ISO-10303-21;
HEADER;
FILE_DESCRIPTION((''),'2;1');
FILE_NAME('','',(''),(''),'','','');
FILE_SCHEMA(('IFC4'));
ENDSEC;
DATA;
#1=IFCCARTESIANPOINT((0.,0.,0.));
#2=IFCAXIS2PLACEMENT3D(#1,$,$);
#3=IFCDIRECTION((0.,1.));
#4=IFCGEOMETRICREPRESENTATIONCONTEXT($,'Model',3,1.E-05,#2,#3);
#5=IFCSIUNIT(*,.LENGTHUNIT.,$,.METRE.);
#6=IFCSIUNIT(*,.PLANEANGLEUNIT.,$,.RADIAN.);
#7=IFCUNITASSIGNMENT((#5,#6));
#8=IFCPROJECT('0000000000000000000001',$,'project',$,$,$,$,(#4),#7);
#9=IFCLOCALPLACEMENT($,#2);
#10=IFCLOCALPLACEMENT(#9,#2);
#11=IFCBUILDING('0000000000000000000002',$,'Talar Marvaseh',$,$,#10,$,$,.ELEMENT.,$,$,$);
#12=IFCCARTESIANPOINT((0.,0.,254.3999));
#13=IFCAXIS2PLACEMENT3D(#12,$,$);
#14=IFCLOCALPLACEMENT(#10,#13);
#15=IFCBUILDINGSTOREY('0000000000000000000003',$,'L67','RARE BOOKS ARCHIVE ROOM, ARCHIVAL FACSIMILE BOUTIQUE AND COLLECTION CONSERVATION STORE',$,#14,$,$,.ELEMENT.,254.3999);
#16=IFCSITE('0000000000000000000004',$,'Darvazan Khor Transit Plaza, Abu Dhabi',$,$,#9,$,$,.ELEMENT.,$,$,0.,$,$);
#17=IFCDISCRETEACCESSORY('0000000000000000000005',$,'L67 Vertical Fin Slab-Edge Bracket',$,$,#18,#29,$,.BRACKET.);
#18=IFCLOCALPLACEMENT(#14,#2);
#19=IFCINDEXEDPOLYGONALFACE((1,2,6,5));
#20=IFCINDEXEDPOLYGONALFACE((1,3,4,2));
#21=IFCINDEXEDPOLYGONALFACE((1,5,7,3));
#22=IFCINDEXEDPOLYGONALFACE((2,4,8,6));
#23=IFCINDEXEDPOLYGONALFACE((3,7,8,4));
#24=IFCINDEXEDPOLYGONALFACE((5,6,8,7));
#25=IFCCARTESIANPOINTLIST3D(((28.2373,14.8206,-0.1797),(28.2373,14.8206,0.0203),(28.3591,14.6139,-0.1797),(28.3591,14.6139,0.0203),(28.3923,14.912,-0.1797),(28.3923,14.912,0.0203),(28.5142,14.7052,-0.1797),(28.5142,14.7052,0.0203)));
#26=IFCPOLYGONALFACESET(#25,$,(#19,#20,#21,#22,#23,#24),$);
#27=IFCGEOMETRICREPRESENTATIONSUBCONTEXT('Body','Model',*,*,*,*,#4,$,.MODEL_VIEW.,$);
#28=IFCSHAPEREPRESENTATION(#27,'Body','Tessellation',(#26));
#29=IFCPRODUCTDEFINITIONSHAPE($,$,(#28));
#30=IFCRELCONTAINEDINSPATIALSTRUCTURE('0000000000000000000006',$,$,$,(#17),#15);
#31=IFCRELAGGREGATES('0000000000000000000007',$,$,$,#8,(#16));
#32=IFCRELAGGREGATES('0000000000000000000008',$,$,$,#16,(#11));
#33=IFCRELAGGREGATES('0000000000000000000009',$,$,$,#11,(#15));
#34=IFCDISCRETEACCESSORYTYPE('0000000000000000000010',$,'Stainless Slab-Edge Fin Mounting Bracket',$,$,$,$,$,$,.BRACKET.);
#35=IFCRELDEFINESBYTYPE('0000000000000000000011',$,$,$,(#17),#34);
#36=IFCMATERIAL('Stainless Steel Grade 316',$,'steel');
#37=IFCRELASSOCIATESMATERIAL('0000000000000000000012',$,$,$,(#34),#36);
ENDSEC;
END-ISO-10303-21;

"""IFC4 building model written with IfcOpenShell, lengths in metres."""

from ifc_helpers import new_model, si_unit, direction, frame, origin, origin_2d, place, context, subcontext, project, spatial, rectangle, extrude, source, transform, mapped, material, type_object, type_shapes, element, save


model = new_model("IFC4")

# Units and contexts
model_context = context("Model", 3, precision=1e-05, world=origin(), true_north=direction((0.0, 1.0)))
body_context = subcontext(model_context, "Body", "Model", "MODEL_VIEW")
ifc_project = project(units=[si_unit("LENGTHUNIT", "METRE"), si_unit("PLANEANGLEUNIT", "RADIAN")], contexts=[model_context])

# Site, building, storey
site_placement = place(None, origin())
site = spatial("IfcSite", under=ifc_project, at=site_placement, Name="Darvazan Khor Transit Plaza, Abu Dhabi", CompositionType="ELEMENT", RefElevation=0.0)
building_placement = place(site_placement, origin())
building = spatial("IfcBuilding", under=site, at=building_placement, Name="Talar Marvaseh", CompositionType="ELEMENT")
storey_placement = place(building_placement, frame((0.0, 0.0, 254.3999)))
storey = spatial("IfcBuildingStorey", under=building, at=storey_placement, Name="L67", Description="RARE BOOKS ARCHIVE ROOM, ARCHIVAL FACSIMILE BOUTIQUE AND COLLECTION CONSERVATION STORE", CompositionType="ELEMENT", Elevation=254.3999)

# Discrete accessory
ifc_material_1 = material(Name="Stainless Steel Grade 316", Category="steel")
discrete_accessory_type = type_object("IfcDiscreteAccessoryType", Name="Stainless Slab-Edge Fin Mounting Bracket", PredefinedType="BRACKET", material=ifc_material_1)
shared_shape_1 = source(origin(), body_context, "Body", "SweptSolid", [
    extrude(rectangle(XDim=0.24, YDim=0.1799, at=origin_2d()), origin(), (0.0, 0.0, 1.0), 0.2),
])
type_shapes(discrete_accessory_type, [shared_shape_1])
for number, where, z_axis, x_axis, name in (
    (1, (28.3757, 14.7629, -0.1797), (0.0, 0.0, 1.0), (0.507689, -0.861541, 0.0), "L67 Vertical Fin Slab-Edge Bracket"),
):
    element("IfcDiscreteAccessory", number, at=place(storey_placement, frame(where, z_axis=z_axis, x_axis=x_axis)), inside=storey, type_object=discrete_accessory_type, Name=name, PredefinedType="BRACKET", context=body_context, shape_type="MappedRepresentation", body=[
        mapped(shared_shape_1, transform((0.0, 0.0, 0.0), x_axis=(1.0, 0.0, 0.0), y_axis=(0.0, 1.0, 0.0), z_axis=(0.0, 0.0, 1.0), scale=1.0)),
    ])

save(model, "model.ifc")
